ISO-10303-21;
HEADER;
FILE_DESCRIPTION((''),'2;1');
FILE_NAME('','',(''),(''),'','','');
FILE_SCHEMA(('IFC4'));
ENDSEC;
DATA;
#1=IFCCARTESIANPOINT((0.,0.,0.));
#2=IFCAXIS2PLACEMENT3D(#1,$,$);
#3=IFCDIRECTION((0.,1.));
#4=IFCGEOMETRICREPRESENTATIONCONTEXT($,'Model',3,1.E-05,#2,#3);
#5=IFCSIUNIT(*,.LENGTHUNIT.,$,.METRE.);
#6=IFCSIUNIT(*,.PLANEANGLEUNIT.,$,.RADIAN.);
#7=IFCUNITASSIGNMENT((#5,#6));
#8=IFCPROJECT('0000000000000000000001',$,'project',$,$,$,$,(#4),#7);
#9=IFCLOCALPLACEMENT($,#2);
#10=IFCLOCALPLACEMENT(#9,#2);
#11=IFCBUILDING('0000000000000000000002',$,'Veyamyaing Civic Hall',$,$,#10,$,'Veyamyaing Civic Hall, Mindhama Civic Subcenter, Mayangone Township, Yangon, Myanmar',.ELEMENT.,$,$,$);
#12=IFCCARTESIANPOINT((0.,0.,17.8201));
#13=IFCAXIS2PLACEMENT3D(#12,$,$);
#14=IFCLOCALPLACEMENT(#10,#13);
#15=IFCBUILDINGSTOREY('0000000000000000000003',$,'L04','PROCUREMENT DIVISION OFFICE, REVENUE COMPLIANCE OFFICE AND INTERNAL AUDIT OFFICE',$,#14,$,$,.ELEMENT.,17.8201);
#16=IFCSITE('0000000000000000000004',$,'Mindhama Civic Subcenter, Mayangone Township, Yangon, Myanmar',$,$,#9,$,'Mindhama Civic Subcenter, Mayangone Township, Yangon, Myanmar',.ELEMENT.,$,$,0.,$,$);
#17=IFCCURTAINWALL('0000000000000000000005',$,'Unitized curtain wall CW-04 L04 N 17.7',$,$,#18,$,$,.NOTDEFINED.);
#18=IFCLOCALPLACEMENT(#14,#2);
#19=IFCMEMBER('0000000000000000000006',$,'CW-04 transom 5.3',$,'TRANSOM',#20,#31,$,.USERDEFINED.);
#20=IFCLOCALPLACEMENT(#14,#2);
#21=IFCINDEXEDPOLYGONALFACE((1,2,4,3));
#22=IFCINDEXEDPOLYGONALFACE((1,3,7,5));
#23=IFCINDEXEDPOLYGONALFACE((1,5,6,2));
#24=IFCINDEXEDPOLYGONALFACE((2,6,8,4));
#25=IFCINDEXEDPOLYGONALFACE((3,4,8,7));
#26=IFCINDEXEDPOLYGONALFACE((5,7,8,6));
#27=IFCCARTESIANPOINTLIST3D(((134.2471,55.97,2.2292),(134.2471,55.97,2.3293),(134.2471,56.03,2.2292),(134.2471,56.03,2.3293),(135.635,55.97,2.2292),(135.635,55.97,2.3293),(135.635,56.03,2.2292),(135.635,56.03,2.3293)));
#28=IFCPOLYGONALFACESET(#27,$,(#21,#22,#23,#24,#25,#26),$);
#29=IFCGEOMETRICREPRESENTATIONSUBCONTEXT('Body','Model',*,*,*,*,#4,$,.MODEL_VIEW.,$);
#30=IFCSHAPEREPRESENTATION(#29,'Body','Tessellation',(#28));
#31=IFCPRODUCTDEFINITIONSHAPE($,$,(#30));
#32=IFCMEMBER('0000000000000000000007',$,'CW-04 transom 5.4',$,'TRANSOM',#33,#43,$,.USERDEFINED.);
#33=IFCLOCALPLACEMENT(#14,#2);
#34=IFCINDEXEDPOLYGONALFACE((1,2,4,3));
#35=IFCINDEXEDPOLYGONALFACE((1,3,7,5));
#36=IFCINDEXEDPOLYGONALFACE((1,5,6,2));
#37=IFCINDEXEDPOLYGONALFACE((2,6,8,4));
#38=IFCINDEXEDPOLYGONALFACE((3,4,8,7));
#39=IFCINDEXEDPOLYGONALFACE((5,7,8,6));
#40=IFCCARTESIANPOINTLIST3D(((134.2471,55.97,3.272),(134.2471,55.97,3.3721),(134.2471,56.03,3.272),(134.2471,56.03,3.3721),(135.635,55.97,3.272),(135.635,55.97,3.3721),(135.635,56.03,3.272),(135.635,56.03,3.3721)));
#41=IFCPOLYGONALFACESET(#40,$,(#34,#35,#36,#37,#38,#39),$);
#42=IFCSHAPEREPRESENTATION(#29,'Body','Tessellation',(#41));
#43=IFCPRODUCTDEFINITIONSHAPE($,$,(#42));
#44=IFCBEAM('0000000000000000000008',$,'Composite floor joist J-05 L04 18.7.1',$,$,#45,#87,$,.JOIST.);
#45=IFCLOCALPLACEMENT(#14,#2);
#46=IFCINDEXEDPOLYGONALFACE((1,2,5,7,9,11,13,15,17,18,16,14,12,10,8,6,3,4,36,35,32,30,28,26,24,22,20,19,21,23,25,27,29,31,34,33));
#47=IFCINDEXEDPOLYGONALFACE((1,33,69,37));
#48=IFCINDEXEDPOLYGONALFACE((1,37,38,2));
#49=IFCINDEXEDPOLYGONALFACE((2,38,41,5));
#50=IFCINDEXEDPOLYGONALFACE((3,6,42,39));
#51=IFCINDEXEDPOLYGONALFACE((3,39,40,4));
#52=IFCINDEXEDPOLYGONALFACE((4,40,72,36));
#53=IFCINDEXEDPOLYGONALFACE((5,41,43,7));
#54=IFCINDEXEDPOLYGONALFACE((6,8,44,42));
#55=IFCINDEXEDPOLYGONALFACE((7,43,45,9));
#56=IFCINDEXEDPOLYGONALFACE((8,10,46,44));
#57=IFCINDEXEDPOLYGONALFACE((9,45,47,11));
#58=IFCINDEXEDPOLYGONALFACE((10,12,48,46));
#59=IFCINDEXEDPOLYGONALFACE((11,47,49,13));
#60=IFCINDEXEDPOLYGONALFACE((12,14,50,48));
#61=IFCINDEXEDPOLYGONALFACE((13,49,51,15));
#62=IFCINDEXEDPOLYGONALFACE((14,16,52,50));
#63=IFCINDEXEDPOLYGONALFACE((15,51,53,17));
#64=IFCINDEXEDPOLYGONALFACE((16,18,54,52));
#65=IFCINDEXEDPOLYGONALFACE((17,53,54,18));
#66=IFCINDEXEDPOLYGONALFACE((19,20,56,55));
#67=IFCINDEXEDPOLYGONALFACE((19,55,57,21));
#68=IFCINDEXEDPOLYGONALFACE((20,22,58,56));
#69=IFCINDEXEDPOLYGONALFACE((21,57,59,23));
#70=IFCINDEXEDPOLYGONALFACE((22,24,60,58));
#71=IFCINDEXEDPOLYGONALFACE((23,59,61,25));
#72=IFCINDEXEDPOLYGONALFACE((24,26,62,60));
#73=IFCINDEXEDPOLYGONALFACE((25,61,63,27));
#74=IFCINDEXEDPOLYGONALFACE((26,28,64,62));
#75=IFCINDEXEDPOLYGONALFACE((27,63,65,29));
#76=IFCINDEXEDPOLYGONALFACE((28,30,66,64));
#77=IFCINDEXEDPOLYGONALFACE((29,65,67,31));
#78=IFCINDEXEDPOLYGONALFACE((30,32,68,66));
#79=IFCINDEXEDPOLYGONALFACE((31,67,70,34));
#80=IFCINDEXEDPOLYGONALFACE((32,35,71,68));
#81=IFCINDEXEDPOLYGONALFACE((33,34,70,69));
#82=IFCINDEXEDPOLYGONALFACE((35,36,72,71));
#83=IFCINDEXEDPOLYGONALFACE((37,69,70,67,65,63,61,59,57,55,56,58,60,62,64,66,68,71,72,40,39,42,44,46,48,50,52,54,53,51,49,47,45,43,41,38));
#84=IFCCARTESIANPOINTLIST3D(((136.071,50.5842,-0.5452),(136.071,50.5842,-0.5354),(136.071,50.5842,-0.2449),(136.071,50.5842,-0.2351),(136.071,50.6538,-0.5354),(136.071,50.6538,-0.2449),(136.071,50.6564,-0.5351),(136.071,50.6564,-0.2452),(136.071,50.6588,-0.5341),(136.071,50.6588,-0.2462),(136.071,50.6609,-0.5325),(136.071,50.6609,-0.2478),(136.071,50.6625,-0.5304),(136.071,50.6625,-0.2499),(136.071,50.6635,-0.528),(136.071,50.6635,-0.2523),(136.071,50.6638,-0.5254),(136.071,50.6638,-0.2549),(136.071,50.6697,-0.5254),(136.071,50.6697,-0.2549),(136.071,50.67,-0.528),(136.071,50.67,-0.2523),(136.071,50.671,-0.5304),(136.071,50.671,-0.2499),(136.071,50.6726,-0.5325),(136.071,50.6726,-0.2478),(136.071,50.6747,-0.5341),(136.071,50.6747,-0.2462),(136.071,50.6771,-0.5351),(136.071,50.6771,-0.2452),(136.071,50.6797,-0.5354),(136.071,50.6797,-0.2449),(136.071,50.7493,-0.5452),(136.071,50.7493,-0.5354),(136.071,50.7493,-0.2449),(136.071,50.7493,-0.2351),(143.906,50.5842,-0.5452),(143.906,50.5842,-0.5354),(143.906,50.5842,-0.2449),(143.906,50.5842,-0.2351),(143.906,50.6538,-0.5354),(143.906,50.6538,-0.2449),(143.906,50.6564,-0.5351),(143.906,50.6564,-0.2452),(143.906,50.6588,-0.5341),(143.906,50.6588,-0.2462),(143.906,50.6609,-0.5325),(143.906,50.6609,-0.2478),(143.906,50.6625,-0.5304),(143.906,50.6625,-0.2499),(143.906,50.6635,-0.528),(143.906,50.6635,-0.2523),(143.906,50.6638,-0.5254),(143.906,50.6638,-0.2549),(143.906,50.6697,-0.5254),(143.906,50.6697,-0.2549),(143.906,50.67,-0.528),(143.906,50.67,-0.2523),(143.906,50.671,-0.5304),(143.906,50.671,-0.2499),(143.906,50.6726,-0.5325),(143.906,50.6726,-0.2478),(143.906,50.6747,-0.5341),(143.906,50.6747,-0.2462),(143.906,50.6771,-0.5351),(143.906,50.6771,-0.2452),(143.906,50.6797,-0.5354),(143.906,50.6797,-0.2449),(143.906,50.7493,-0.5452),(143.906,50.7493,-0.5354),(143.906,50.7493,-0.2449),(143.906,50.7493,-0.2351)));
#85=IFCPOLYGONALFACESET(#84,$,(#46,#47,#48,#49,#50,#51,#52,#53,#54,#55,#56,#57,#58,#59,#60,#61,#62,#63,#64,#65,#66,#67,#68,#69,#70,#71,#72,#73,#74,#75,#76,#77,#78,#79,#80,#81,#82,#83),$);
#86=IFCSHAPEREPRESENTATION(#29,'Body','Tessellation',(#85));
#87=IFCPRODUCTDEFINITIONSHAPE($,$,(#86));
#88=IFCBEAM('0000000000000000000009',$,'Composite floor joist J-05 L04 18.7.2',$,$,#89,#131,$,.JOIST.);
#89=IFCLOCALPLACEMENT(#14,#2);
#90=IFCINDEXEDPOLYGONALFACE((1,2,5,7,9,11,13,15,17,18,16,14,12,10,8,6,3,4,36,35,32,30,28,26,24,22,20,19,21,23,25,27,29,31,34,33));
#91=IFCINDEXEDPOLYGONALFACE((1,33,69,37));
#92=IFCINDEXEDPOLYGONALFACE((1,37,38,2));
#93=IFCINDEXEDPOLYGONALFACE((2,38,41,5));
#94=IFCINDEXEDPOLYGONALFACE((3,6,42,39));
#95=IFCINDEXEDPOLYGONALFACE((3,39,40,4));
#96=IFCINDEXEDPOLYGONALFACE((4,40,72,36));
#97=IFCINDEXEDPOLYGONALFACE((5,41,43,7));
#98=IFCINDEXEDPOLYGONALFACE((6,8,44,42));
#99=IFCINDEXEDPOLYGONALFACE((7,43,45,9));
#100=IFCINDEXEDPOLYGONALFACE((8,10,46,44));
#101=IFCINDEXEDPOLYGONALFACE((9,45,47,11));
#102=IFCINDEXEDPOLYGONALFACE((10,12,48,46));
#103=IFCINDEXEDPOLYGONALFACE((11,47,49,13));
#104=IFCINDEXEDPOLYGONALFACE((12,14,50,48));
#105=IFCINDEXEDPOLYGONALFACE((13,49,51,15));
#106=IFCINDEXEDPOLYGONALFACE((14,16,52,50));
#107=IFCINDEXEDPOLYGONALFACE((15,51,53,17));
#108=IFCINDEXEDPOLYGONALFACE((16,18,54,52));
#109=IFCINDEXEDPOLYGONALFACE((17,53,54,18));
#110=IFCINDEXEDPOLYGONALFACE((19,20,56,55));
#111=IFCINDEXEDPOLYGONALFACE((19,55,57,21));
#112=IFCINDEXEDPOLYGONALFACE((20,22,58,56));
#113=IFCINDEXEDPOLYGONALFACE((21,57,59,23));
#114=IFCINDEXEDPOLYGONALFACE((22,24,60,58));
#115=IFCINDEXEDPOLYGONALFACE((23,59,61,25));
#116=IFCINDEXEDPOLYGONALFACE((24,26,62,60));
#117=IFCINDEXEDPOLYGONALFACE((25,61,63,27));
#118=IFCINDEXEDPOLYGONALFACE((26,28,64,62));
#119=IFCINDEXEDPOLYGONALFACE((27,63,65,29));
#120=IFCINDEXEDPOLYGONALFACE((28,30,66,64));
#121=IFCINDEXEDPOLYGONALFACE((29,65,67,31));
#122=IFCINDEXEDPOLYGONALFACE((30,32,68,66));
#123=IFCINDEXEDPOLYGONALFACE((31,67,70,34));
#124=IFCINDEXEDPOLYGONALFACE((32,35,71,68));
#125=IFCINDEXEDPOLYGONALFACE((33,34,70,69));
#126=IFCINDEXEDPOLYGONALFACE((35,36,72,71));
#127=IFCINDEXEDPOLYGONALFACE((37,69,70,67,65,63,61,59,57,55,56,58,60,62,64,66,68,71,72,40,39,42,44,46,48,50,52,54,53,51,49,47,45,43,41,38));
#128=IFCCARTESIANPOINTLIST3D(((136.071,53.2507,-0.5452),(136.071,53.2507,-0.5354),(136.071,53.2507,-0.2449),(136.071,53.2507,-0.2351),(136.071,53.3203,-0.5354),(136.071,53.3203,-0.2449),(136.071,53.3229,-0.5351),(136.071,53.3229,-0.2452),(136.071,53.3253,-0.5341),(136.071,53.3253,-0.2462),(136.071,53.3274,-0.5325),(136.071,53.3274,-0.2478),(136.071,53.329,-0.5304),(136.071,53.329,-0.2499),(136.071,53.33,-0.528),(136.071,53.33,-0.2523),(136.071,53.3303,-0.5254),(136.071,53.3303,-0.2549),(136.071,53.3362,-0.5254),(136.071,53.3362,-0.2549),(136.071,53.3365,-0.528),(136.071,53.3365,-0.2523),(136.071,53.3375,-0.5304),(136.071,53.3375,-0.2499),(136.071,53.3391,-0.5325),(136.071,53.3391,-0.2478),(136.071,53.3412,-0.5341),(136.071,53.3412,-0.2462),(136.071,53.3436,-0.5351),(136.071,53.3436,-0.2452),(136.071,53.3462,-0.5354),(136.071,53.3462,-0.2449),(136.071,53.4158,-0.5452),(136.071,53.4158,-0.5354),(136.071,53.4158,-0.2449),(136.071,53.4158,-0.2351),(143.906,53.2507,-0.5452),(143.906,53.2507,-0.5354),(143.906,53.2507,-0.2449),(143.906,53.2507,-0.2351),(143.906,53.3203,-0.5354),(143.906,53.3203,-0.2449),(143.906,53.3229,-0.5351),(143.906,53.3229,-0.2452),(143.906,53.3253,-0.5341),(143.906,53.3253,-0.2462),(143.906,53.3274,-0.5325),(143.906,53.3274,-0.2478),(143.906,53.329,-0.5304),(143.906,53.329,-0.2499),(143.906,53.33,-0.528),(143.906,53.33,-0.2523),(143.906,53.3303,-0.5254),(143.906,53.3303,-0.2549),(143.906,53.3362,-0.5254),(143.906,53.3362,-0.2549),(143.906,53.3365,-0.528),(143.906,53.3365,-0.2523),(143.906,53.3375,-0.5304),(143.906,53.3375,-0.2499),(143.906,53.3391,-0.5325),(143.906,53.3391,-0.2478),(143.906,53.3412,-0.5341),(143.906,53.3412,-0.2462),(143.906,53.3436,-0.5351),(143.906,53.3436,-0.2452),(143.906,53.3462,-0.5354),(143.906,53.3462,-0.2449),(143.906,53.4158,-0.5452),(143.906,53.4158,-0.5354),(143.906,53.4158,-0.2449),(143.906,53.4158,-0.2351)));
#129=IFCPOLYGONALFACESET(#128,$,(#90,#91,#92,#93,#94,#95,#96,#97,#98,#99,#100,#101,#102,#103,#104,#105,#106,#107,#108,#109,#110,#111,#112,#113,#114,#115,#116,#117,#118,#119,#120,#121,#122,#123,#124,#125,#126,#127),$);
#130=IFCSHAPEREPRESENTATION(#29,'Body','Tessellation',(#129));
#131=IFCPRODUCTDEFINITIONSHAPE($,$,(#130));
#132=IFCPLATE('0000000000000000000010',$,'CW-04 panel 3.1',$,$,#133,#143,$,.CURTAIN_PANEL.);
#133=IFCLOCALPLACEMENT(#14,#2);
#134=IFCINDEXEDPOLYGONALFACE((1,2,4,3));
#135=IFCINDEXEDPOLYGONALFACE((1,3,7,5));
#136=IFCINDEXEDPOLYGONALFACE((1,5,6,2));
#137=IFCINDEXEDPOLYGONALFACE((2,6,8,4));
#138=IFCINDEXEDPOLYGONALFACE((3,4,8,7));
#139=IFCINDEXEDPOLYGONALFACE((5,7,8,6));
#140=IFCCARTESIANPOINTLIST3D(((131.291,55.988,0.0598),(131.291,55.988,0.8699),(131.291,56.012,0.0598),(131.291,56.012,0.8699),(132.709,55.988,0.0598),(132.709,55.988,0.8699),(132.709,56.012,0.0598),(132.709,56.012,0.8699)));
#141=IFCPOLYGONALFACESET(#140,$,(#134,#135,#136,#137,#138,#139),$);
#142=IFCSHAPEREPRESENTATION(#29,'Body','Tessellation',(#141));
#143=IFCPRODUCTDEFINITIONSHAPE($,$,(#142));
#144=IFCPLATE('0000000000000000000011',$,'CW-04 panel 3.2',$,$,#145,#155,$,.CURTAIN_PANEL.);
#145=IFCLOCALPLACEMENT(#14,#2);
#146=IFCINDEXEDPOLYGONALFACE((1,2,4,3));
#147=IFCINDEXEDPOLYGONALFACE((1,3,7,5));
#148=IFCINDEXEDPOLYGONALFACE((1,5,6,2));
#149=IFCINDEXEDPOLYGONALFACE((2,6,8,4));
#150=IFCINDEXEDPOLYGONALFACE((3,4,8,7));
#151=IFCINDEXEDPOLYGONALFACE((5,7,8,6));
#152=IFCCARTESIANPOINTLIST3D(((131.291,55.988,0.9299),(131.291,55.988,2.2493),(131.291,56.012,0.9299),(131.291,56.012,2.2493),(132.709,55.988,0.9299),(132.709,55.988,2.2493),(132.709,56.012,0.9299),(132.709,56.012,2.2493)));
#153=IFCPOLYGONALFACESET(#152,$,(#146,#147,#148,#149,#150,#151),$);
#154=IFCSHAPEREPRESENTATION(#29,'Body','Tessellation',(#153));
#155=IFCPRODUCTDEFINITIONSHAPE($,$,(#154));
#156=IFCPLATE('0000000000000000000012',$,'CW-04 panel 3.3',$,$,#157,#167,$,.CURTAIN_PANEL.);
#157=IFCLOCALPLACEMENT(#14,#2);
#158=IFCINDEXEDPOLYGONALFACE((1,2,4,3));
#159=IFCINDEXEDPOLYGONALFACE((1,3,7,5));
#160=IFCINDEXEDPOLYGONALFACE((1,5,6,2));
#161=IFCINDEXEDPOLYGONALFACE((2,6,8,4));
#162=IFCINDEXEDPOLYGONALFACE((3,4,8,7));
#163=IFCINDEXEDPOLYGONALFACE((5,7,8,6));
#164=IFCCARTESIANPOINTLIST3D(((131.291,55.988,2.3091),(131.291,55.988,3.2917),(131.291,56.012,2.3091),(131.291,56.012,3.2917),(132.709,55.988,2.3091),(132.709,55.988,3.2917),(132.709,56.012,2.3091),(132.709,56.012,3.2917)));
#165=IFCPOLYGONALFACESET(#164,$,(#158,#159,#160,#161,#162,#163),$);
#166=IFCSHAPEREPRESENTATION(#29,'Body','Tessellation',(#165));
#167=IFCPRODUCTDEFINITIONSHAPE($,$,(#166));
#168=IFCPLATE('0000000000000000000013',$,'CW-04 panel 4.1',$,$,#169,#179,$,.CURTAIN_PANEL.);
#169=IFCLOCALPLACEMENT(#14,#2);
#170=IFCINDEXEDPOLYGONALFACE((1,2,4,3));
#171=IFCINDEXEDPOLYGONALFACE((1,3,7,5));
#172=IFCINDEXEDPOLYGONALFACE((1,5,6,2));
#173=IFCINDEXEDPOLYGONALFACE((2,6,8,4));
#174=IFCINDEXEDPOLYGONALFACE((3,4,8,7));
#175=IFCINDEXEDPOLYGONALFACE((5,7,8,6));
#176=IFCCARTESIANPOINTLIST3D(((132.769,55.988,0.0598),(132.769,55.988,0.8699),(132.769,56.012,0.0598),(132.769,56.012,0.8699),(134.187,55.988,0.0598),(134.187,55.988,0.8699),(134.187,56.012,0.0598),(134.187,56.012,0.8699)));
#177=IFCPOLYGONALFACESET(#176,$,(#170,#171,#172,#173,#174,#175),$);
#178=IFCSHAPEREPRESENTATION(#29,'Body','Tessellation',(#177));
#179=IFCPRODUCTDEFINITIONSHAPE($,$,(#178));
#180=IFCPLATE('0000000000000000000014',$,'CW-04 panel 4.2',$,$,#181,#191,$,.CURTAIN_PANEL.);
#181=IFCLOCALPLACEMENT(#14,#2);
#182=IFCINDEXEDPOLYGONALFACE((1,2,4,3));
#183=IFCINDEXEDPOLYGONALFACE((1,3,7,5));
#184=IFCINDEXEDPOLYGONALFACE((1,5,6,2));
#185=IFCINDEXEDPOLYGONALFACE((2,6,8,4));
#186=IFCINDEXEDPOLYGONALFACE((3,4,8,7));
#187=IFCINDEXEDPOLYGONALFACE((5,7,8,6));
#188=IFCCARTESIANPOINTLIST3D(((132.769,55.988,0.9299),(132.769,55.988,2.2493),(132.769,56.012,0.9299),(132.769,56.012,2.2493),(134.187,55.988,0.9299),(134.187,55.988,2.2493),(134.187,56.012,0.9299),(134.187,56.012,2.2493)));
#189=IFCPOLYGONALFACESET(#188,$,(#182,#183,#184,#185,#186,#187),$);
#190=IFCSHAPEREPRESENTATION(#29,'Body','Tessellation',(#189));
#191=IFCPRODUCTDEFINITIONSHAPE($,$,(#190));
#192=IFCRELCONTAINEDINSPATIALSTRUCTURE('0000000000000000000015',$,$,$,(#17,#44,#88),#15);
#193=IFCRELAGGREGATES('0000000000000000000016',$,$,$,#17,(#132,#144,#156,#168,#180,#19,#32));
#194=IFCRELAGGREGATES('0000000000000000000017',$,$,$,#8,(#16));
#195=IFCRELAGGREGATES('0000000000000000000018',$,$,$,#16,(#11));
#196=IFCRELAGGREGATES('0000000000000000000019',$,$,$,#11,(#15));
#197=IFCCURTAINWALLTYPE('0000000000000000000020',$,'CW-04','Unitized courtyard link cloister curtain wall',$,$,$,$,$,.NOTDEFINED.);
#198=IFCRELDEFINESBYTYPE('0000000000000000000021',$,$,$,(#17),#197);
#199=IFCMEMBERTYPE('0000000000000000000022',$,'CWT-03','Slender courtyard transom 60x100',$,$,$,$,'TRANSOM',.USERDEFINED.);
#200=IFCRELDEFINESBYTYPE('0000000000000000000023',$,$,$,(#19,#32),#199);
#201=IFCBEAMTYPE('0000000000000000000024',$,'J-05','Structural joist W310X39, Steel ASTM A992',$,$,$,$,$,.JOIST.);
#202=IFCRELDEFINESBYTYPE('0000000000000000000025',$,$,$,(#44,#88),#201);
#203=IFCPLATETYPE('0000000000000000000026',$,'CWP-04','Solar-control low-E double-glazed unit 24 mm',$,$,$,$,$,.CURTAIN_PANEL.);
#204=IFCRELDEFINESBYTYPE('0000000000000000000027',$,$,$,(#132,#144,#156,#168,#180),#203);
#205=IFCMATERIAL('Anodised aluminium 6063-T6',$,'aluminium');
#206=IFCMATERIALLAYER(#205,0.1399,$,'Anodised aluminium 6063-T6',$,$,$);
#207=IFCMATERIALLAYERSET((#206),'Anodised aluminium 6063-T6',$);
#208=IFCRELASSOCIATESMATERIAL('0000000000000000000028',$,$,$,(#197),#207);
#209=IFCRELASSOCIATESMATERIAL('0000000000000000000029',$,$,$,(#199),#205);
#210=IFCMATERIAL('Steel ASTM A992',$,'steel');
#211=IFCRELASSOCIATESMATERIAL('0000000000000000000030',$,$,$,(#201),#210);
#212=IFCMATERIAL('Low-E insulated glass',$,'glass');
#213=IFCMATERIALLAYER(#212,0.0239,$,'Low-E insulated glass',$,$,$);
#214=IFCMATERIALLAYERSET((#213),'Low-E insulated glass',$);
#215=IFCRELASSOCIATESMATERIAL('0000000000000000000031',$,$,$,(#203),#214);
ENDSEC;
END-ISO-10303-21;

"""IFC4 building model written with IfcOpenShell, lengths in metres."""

from ifc_helpers import new_model, si_unit, direction, frame, origin, origin_2d, place, context, subcontext, project, spatial, rectangle, i_section, extrude, material, layer, layer_set, material_profile, profile_set, type_object, element, aggregate, save


model = new_model("IFC4")

# Units and contexts
model_context = context("Model", 3, precision=1e-05, world=origin(), true_north=direction((0.0, 1.0)))
body_context = subcontext(model_context, "Body", "Model", "MODEL_VIEW")
ifc_project = project(units=[si_unit("LENGTHUNIT", "METRE"), si_unit("PLANEANGLEUNIT", "RADIAN")], contexts=[model_context])

# Site, building, storey
site_placement = place(None, origin())
site = spatial("IfcSite", under=ifc_project, at=site_placement, Name="Mindhama Civic Subcenter, Mayangone Township, Yangon, Myanmar", LongName="Mindhama Civic Subcenter, Mayangone Township, Yangon, Myanmar", CompositionType="ELEMENT", RefElevation=0.0)
building_placement = place(site_placement, origin())
building = spatial("IfcBuilding", under=site, at=building_placement, Name="Veyamyaing Civic Hall", LongName="Veyamyaing Civic Hall, Mindhama Civic Subcenter, Mayangone Township, Yangon, Myanmar", CompositionType="ELEMENT")
storey_placement = place(building_placement, frame((0.0, 0.0, 17.8201)))
storey = spatial("IfcBuildingStorey", under=building, at=storey_placement, Name="L04", Description="PROCUREMENT DIVISION OFFICE, REVENUE COMPLIANCE OFFICE AND INTERNAL AUDIT OFFICE", CompositionType="ELEMENT", Elevation=17.8201)

# Curtain wall, members
ifc_material_1 = material(Name="Anodised aluminium 6063-T6", Category="aluminium")
ifc_layer_1 = layer(ifc_material_1, 0.1399, Name="Anodised aluminium 6063-T6")
ifc_layer_set_1 = layer_set([ifc_layer_1], Name="Anodised aluminium 6063-T6")
curtain_wall_type = type_object("IfcCurtainWallType", Name="CW-04", Description="Unitized courtyard link cloister curtain wall", PredefinedType="NOTDEFINED", material=ifc_layer_set_1)
curtain_wall_placement = place(storey_placement, origin())
curtain_wall = element("IfcCurtainWall", 1, at=curtain_wall_placement, inside=storey, type_object=curtain_wall_type, Name="Unitized curtain wall CW-04 L04 N 17.7", PredefinedType="NOTDEFINED")
ifc_material_profile_1 = material_profile(ifc_material_1, rectangle(XDim=0.0601, YDim=0.1001, at=origin_2d()), Name="ALU-TRN-60X100")
ifc_profile_set_1 = profile_set([ifc_material_profile_1], Name="Anodised aluminium 6063-T6")
member_type_1 = type_object("IfcMemberType", Name="CWT-03", Description="Slender courtyard transom 60x100", ElementType="TRANSOM", PredefinedType="USERDEFINED", material=ifc_profile_set_1)
member_1_placement = place(storey_placement, frame((134.2471, 56.0, 2.2793), z_axis=(1.0, 0.0, 0.0), x_axis=(0.0, 1.0, 0.0)))
member_1 = element("IfcMember", 2, at=member_1_placement, type_object=member_type_1, Name="CW-04 transom 5.3", ObjectType="TRANSOM", PredefinedType="USERDEFINED", context=body_context, shape_type="SweptSolid", body=[
    extrude(rectangle(XDim=0.0601, YDim=0.1001, at=origin_2d()), origin(), (0.0, 0.0, 1.0), 1.3879),
])
member_2_placement = place(storey_placement, frame((134.2471, 56.0, 3.322), z_axis=(1.0, 0.0, 0.0), x_axis=(0.0, 1.0, 0.0)))
member_2 = element("IfcMember", 3, at=member_2_placement, type_object=member_type_1, Name="CW-04 transom 5.4", ObjectType="TRANSOM", PredefinedType="USERDEFINED", context=body_context, shape_type="SweptSolid", body=[
    extrude(rectangle(XDim=0.0601, YDim=0.1001, at=origin_2d()), origin(), (0.0, 0.0, 1.0), 1.3879),
])

# Beams
ifc_material_2 = material(Name="Steel ASTM A992", Category="steel")
ifc_material_profile_2 = material_profile(ifc_material_2, i_section(OverallWidth=0.165, OverallDepth=0.3101, WebThickness=0.0059, FlangeThickness=0.0098, FilletRadius=0.01, at=origin_2d()), Name="W310X39")
ifc_profile_set_2 = profile_set([ifc_material_profile_2], Name="Steel ASTM A992")
beam_type = type_object("IfcBeamType", Name="J-05", Description="Structural joist W310X39, Steel ASTM A992", PredefinedType="JOIST", material=ifc_profile_set_2)
for number, where, z_axis, x_axis, name in (
    (4, (136.071, 50.6667, -0.3901), (1.0, 0.0, 0.0), (0.0, 1.0, 0.0), "Composite floor joist J-05 L04 18.7.1"),
    (5, (136.071, 53.3333, -0.3901), (1.0, 0.0, 0.0), (0.0, 1.0, 0.0), "Composite floor joist J-05 L04 18.7.2"),
):
    element("IfcBeam", number, at=place(storey_placement, frame(where, z_axis=z_axis, x_axis=x_axis)), inside=storey, type_object=beam_type, Name=name, PredefinedType="JOIST", context=body_context, shape_type="SweptSolid", body=[
        extrude(i_section(OverallWidth=0.165, OverallDepth=0.3101, WebThickness=0.0059, FlangeThickness=0.0098, FilletRadius=0.01, at=origin_2d()), origin(), (0.0, 0.0, 1.0), 7.835),
    ])

# Plates
ifc_material_3 = material(Name="Low-E insulated glass", Category="glass")
ifc_layer_2 = layer(ifc_material_3, 0.0239, Name="Low-E insulated glass")
ifc_layer_set_2 = layer_set([ifc_layer_2], Name="Low-E insulated glass")
plate_type = type_object("IfcPlateType", Name="CWP-04", Description="Solar-control low-E double-glazed unit 24 mm", PredefinedType="CURTAIN_PANEL", material=ifc_layer_set_2)
plate_1_placement = place(storey_placement, frame((132.0, 56.0, 0.0598), z_axis=(0.0, 0.0, 1.0), x_axis=(1.0, 0.0, 0.0)))
plate_1 = element("IfcPlate", 6, at=plate_1_placement, type_object=plate_type, Name="CW-04 panel 3.1", PredefinedType="CURTAIN_PANEL", context=body_context, shape_type="SweptSolid", body=[
    extrude(rectangle(XDim=1.418, YDim=0.0239, at=origin_2d()), origin(), (0.0, 0.0, 1.0), 0.8101),
])
plate_2_placement = place(storey_placement, frame((132.0, 56.0, 0.9299), z_axis=(0.0, 0.0, 1.0), x_axis=(1.0, 0.0, 0.0)))
plate_2 = element("IfcPlate", 7, at=plate_2_placement, type_object=plate_type, Name="CW-04 panel 3.2", PredefinedType="CURTAIN_PANEL", context=body_context, shape_type="SweptSolid", body=[
    extrude(rectangle(XDim=1.418, YDim=0.0239, at=origin_2d()), origin(), (0.0, 0.0, 1.0), 1.3193),
])
plate_3_placement = place(storey_placement, frame((132.0, 56.0, 2.3091), z_axis=(0.0, 0.0, 1.0), x_axis=(1.0, 0.0, 0.0)))
plate_3 = element("IfcPlate", 8, at=plate_3_placement, type_object=plate_type, Name="CW-04 panel 3.3", PredefinedType="CURTAIN_PANEL", context=body_context, shape_type="SweptSolid", body=[
    extrude(rectangle(XDim=1.418, YDim=0.0239, at=origin_2d()), origin(), (0.0, 0.0, 1.0), 0.9827),
])
plate_4_placement = place(storey_placement, frame((133.478, 56.0, 0.0598), z_axis=(0.0, 0.0, 1.0), x_axis=(1.0, 0.0, 0.0)))
plate_4 = element("IfcPlate", 9, at=plate_4_placement, type_object=plate_type, Name="CW-04 panel 4.1", PredefinedType="CURTAIN_PANEL", context=body_context, shape_type="SweptSolid", body=[
    extrude(rectangle(XDim=1.418, YDim=0.0239, at=origin_2d()), origin(), (0.0, 0.0, 1.0), 0.8101),
])
plate_5_placement = place(storey_placement, frame((133.478, 56.0, 0.9299), z_axis=(0.0, 0.0, 1.0), x_axis=(1.0, 0.0, 0.0)))
plate_5 = element("IfcPlate", 10, at=plate_5_placement, type_object=plate_type, Name="CW-04 panel 4.2", PredefinedType="CURTAIN_PANEL", context=body_context, shape_type="SweptSolid", body=[
    extrude(rectangle(XDim=1.418, YDim=0.0239, at=origin_2d()), origin(), (0.0, 0.0, 1.0), 1.3193),
])
aggregate(curtain_wall, [plate_1, plate_2, plate_3, plate_4, plate_5, member_1, member_2])

save(model, "model.ifc")
